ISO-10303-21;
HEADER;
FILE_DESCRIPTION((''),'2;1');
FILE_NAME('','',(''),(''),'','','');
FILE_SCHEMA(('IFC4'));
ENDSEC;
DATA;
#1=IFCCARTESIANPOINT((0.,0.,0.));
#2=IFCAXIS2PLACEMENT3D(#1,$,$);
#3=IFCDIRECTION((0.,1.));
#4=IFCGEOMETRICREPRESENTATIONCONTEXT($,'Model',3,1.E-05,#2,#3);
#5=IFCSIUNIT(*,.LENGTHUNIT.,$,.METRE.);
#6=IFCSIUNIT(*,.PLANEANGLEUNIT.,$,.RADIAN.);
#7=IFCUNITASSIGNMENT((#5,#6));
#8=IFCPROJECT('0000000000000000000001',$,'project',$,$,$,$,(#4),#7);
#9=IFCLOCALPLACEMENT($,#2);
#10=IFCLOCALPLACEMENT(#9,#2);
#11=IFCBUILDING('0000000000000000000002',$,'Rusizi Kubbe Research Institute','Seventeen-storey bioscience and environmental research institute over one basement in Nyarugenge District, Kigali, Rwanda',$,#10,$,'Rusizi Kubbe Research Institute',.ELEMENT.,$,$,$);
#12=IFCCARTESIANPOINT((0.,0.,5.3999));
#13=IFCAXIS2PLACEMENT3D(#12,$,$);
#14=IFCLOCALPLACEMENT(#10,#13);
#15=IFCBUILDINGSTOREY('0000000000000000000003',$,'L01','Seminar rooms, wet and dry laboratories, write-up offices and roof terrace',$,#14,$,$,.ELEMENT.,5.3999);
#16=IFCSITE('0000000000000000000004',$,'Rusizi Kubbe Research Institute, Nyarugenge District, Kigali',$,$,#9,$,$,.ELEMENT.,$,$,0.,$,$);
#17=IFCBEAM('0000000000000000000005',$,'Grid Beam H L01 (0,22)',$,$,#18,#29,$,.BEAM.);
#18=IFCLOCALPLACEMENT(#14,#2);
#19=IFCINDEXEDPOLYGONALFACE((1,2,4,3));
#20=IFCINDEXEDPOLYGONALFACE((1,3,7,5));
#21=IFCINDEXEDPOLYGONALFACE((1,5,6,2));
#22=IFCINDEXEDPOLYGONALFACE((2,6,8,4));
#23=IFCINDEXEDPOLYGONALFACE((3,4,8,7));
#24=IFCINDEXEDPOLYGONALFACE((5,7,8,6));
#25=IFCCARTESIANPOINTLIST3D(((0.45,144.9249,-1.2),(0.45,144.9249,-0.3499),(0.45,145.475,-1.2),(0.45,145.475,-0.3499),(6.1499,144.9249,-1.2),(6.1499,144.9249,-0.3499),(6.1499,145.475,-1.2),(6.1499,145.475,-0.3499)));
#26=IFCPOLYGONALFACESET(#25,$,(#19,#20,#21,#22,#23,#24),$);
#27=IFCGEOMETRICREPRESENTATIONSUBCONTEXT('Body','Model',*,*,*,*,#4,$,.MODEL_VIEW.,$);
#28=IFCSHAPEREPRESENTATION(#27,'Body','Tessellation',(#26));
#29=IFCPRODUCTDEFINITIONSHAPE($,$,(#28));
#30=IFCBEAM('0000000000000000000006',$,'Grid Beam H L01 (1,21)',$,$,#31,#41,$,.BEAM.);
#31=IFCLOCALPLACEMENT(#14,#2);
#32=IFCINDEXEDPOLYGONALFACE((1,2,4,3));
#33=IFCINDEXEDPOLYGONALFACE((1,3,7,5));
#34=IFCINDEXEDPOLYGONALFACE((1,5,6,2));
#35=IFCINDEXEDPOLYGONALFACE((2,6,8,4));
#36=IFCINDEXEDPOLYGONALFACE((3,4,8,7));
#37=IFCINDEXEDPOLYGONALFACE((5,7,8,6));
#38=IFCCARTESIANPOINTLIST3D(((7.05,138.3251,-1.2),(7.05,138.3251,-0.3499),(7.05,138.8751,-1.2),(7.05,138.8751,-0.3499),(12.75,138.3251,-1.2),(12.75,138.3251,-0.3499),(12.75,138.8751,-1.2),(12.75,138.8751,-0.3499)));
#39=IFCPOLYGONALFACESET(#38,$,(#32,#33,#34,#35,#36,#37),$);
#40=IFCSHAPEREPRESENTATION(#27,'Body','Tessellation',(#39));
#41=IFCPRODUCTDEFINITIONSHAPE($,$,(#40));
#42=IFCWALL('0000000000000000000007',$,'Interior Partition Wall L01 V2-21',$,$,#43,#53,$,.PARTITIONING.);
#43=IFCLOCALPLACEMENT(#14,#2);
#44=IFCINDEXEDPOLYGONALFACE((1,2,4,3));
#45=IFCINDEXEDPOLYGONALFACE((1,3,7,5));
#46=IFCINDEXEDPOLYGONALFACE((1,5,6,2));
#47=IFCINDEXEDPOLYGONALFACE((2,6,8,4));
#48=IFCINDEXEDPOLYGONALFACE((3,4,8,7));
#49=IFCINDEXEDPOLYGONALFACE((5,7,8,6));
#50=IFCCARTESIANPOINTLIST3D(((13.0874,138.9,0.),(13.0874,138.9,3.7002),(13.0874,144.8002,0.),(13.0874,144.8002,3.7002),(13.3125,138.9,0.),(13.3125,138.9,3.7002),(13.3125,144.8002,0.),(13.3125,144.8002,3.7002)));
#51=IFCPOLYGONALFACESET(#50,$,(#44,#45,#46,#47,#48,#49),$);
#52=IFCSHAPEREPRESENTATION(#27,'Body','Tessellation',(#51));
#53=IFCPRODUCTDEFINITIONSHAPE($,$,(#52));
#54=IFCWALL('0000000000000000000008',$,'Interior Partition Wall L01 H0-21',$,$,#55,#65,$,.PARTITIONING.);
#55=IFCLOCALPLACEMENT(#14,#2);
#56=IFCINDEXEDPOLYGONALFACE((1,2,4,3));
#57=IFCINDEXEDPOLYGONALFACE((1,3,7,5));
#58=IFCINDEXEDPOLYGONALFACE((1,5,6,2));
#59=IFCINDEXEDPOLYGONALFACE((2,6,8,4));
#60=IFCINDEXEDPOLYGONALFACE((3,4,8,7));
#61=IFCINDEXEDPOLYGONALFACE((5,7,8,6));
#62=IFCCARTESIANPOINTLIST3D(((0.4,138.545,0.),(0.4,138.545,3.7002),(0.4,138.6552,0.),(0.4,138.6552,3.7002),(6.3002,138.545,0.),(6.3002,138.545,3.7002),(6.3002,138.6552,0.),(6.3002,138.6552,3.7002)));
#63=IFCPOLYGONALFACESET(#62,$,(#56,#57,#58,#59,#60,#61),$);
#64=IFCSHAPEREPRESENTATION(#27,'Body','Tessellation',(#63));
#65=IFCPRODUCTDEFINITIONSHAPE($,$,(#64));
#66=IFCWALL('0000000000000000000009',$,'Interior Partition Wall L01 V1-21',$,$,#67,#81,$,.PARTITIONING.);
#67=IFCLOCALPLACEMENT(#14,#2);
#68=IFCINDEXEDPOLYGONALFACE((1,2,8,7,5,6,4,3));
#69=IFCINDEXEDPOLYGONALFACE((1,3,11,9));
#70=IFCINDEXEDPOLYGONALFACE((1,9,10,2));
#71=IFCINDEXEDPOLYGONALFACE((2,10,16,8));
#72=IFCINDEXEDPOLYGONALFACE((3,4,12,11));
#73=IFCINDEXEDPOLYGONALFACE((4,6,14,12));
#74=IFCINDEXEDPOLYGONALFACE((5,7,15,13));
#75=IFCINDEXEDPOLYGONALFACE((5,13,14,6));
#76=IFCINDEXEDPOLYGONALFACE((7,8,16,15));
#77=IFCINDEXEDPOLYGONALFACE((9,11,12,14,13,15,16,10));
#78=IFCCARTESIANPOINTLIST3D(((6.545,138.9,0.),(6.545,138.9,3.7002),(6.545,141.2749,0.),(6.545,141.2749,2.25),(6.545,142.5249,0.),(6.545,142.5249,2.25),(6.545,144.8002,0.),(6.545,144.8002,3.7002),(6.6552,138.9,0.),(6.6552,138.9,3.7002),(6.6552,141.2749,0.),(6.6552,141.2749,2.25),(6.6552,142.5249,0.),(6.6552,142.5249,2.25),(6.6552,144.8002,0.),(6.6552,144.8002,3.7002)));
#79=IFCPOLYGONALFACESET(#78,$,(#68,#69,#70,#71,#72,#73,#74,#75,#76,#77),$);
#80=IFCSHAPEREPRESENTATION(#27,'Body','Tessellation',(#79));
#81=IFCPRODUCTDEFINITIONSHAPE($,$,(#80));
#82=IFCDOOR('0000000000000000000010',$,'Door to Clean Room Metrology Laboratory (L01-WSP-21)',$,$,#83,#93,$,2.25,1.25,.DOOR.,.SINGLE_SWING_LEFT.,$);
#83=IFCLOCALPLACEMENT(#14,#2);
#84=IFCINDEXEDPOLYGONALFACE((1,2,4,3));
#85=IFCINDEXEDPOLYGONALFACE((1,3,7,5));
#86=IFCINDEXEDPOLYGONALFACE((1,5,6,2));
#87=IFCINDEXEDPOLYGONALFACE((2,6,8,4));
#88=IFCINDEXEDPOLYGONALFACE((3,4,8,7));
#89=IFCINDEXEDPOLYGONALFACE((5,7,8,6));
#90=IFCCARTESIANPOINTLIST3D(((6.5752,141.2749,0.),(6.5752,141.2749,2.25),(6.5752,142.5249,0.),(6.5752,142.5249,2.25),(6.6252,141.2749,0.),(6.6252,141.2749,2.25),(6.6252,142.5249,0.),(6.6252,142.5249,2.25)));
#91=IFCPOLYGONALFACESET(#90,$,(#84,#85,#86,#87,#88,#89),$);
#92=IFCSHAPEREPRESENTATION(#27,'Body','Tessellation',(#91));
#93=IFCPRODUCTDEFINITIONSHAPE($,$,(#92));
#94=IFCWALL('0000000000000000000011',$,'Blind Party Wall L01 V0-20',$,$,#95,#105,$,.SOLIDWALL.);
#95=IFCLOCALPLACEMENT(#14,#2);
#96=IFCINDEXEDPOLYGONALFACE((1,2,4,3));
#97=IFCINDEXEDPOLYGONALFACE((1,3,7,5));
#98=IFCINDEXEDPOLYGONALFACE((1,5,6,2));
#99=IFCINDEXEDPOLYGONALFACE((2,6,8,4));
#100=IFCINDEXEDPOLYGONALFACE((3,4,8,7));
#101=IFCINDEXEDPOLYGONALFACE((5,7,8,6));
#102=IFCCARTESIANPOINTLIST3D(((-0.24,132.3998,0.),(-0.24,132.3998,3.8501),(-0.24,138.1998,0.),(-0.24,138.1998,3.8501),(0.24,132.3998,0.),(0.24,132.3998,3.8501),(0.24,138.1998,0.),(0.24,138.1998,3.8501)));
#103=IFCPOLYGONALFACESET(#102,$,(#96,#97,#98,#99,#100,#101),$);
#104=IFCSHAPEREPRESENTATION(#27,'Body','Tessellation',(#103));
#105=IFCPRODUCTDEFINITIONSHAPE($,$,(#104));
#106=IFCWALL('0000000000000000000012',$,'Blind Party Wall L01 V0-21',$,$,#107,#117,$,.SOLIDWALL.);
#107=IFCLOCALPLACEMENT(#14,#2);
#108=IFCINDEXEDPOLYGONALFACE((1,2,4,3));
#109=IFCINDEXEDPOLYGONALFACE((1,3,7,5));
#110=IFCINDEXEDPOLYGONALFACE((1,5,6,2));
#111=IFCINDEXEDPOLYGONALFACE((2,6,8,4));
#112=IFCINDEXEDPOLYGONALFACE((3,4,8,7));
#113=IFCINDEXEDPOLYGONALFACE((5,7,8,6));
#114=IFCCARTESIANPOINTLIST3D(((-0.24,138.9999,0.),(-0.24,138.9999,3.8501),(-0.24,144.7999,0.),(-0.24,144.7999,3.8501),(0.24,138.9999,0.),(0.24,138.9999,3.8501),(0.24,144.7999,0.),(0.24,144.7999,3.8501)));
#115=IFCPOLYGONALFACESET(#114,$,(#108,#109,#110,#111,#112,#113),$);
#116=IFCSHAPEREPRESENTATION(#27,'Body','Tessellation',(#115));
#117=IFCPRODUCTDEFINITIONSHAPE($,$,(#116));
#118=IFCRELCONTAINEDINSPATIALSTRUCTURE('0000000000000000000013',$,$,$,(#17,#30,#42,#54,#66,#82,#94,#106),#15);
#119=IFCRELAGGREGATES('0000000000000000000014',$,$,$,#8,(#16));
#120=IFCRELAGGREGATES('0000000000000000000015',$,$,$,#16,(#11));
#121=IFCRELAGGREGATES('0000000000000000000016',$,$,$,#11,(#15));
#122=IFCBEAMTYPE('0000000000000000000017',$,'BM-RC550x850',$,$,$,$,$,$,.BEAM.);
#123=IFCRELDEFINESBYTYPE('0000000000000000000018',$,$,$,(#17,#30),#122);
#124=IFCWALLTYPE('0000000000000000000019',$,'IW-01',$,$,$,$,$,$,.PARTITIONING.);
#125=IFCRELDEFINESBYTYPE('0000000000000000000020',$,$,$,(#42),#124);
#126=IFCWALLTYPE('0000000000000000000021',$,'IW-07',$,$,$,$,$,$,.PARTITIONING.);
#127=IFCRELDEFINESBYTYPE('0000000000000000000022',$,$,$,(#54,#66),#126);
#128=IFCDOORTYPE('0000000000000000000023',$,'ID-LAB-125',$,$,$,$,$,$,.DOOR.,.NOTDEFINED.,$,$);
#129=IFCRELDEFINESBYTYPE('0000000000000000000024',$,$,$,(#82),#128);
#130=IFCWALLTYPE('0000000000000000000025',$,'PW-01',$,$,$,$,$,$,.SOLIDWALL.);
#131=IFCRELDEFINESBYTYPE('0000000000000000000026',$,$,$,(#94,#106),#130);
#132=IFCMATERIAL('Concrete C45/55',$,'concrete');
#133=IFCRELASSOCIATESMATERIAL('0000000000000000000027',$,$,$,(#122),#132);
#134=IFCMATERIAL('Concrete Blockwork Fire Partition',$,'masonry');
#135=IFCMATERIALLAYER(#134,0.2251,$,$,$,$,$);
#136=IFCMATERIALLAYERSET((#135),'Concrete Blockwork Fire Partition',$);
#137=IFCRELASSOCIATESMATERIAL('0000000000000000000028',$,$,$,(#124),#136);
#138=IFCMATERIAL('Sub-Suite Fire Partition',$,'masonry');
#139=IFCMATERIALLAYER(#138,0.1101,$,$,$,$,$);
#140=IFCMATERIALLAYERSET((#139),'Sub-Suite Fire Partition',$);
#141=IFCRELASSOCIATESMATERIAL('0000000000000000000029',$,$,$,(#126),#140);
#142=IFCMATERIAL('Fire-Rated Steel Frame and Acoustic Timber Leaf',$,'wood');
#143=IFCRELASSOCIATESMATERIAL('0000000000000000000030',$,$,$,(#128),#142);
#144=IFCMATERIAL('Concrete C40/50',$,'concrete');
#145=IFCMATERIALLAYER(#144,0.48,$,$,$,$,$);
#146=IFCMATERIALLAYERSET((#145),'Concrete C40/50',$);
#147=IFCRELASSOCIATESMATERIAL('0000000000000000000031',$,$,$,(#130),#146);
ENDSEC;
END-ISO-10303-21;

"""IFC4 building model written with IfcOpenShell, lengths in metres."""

from ifc_helpers import new_model, si_unit, direction, frame, frame_2d, origin, origin_2d, place, context, subcontext, project, spatial, rectangle, extrude, material, layer, layer_set, material_profile, profile_set, type_object, element, fill, save


model = new_model("IFC4")

# Units and contexts
model_context = context("Model", 3, precision=1e-05, world=origin(), true_north=direction((0.0, 1.0)))
body_context = subcontext(model_context, "Body", "Model", "MODEL_VIEW")
ifc_project = project(units=[si_unit("LENGTHUNIT", "METRE"), si_unit("PLANEANGLEUNIT", "RADIAN")], contexts=[model_context])

# Site, building, storey
site_placement = place(None, origin())
site = spatial("IfcSite", under=ifc_project, at=site_placement, Name="Rusizi Kubbe Research Institute, Nyarugenge District, Kigali", CompositionType="ELEMENT", RefElevation=0.0)
building_placement = place(site_placement, origin())
building = spatial("IfcBuilding", under=site, at=building_placement, Name="Rusizi Kubbe Research Institute", Description="Seventeen-storey bioscience and environmental research institute over one basement in Nyarugenge District, Kigali, Rwanda", LongName="Rusizi Kubbe Research Institute", CompositionType="ELEMENT")
storey_placement = place(building_placement, frame((0.0, 0.0, 5.3999)))
storey = spatial("IfcBuildingStorey", under=building, at=storey_placement, Name="L01", Description="Seminar rooms, wet and dry laboratories, write-up offices and roof terrace", CompositionType="ELEMENT", Elevation=5.3999)

# Beams
ifc_material_1 = material(Name="Concrete C45/55", Category="concrete")
ifc_material_profile_1 = material_profile(ifc_material_1, rectangle(XDim=0.55, YDim=0.8501, at=origin_2d()), Name="RC550x850")
ifc_profile_set_1 = profile_set([ifc_material_profile_1], Name="Concrete C45/55")
beam_type_1 = type_object("IfcBeamType", Name="BM-RC550x850", PredefinedType="BEAM", material=ifc_profile_set_1)
for number, where, z_axis, x_axis, name in (
    (1, (0.45, 145.2, -0.7749), (1.0, 0.0, 0.0), (0.0, 1.0, 0.0), "Grid Beam H L01 (0,22)"),
    (2, (7.05, 138.6001, -0.7749), (1.0, 0.0, 0.0), (0.0, 1.0, 0.0), "Grid Beam H L01 (1,21)"),
):
    element("IfcBeam", number, at=place(storey_placement, frame(where, z_axis=z_axis, x_axis=x_axis)), inside=storey, type_object=beam_type_1, Name=name, PredefinedType="BEAM", context=body_context, shape_type="SweptSolid", body=[
        extrude(rectangle(XDim=0.55, YDim=0.8501, at=origin_2d()), origin(), (0.0, 0.0, 1.0), 5.7),
    ])

# Walls
ifc_material_2 = material(Name="Concrete Blockwork Fire Partition", Category="masonry")
ifc_layer_1 = layer(ifc_material_2, 0.2251)
ifc_layer_set_1 = layer_set([ifc_layer_1], Name="Concrete Blockwork Fire Partition")
wall_type_1 = type_object("IfcWallType", Name="IW-01", PredefinedType="PARTITIONING", material=ifc_layer_set_1)
wall_1_placement = place(storey_placement, frame((13.2, 138.8999, 0.0), z_axis=(0.0, 0.0, 1.0), x_axis=(0.0, 1.0, 0.0)))
element("IfcWall", 3, at=wall_1_placement, inside=storey, type_object=wall_type_1, Name="Interior Partition Wall L01 V2-21", PredefinedType="PARTITIONING", context=body_context, shape_type="SweptSolid", body=[
    extrude(rectangle(XDim=5.9001, YDim=0.2251, at=frame_2d((2.9502, 0.0))), origin(), (0.0, 0.0, 1.0), 3.7002),
])
ifc_material_3 = material(Name="Sub-Suite Fire Partition", Category="masonry")
ifc_layer_2 = layer(ifc_material_3, 0.1101)
ifc_layer_set_2 = layer_set([ifc_layer_2], Name="Sub-Suite Fire Partition")
wall_type_2 = type_object("IfcWallType", Name="IW-07", PredefinedType="PARTITIONING", material=ifc_layer_set_2)
wall_2_placement = place(storey_placement, frame((0.3999, 138.6001, 0.0), z_axis=(0.0, 0.0, 1.0), x_axis=(1.0, 0.0, 0.0)))
element("IfcWall", 4, at=wall_2_placement, inside=storey, type_object=wall_type_2, Name="Interior Partition Wall L01 H0-21", PredefinedType="PARTITIONING", context=body_context, shape_type="SweptSolid", body=[
    extrude(rectangle(XDim=5.9001, YDim=0.1101, at=frame_2d((2.9502, 0.0))), origin(), (0.0, 0.0, 1.0), 3.7002),
])

# Wall, opening, door
wall_3_placement = place(storey_placement, frame((6.6001, 138.8999, 0.0), z_axis=(0.0, 0.0, 1.0), x_axis=(0.0, 1.0, 0.0)))
wall_3 = element("IfcWall", 5, at=wall_3_placement, inside=storey, type_object=wall_type_2, Name="Interior Partition Wall L01 V1-21", PredefinedType="PARTITIONING", context=body_context, shape_type="SweptSolid", body=[
    extrude(rectangle(XDim=5.9001, YDim=0.1101, at=frame_2d((2.9502, 0.0))), origin(), (0.0, 0.0, 1.0), 3.7002),
])
opening_placement = place(wall_3_placement, frame((2.375, 0.0, 0.0)))
opening = element("IfcOpeningElement", 6, at=opening_placement, cuts=wall_3, PredefinedType="OPENING", context=body_context, shape_type="SweptSolid", body=[
    extrude(rectangle(XDim=1.25, YDim=2.25, at=frame_2d((0.625, 1.125))), frame((0.0, 0.0649, 0.0), z_axis=(0.0, -1.0, 0.0), x_axis=(1.0, 0.0, 0.0)), (0.0, 0.0, 1.0), 0.1301),
])
ifc_material_4 = material(Name="Fire-Rated Steel Frame and Acoustic Timber Leaf", Category="wood")
door_type = type_object("IfcDoorType", Name="ID-LAB-125", OperationType="NOTDEFINED", PredefinedType="DOOR", material=ifc_material_4)
door_placement = place(opening_placement, origin())
door = element("IfcDoor", 7, at=door_placement, inside=storey, type_object=door_type, Name="Door to Clean Room Metrology Laboratory (L01-WSP-21)", OperationType="SINGLE_SWING_LEFT", OverallHeight=2.25, OverallWidth=1.25, PredefinedType="DOOR", context=body_context, shape_type="SweptSolid", body=[
    extrude(rectangle(XDim=1.25, YDim=2.25, at=frame_2d((0.625, 1.125))), frame((0.0, 0.0249, 0.0), z_axis=(0.0, -1.0, 0.0), x_axis=(1.0, 0.0, 0.0)), (0.0, 0.0, 1.0), 0.05),
])
fill(opening, door)

# Walls
ifc_material_5 = material(Name="Concrete C40/50", Category="concrete")
ifc_layer_3 = layer(ifc_material_5, 0.48)
ifc_layer_set_3 = layer_set([ifc_layer_3], Name="Concrete C40/50")
wall_type_3 = type_object("IfcWallType", Name="PW-01", PredefinedType="SOLIDWALL", material=ifc_layer_set_3)
for number, where, z_axis, x_axis, name in (
    (8, (0.0, 132.3999, 0.0), (0.0, 0.0, 1.0), (0.0, 1.0, 0.0), "Blind Party Wall L01 V0-20"),
    (9, (0.0, 139.0, 0.0), (0.0, 0.0, 1.0), (0.0, 1.0, 0.0), "Blind Party Wall L01 V0-21"),
):
    element("IfcWall", number, at=place(storey_placement, frame(where, z_axis=z_axis, x_axis=x_axis)), inside=storey, type_object=wall_type_3, Name=name, PredefinedType="SOLIDWALL", context=body_context, shape_type="SweptSolid", body=[
        extrude(rectangle(XDim=5.8, YDim=0.48, at=frame_2d((2.8999, 0.0))), origin(), (0.0, 0.0, 1.0), 3.8501),
    ])

save(model, "model.ifc")
